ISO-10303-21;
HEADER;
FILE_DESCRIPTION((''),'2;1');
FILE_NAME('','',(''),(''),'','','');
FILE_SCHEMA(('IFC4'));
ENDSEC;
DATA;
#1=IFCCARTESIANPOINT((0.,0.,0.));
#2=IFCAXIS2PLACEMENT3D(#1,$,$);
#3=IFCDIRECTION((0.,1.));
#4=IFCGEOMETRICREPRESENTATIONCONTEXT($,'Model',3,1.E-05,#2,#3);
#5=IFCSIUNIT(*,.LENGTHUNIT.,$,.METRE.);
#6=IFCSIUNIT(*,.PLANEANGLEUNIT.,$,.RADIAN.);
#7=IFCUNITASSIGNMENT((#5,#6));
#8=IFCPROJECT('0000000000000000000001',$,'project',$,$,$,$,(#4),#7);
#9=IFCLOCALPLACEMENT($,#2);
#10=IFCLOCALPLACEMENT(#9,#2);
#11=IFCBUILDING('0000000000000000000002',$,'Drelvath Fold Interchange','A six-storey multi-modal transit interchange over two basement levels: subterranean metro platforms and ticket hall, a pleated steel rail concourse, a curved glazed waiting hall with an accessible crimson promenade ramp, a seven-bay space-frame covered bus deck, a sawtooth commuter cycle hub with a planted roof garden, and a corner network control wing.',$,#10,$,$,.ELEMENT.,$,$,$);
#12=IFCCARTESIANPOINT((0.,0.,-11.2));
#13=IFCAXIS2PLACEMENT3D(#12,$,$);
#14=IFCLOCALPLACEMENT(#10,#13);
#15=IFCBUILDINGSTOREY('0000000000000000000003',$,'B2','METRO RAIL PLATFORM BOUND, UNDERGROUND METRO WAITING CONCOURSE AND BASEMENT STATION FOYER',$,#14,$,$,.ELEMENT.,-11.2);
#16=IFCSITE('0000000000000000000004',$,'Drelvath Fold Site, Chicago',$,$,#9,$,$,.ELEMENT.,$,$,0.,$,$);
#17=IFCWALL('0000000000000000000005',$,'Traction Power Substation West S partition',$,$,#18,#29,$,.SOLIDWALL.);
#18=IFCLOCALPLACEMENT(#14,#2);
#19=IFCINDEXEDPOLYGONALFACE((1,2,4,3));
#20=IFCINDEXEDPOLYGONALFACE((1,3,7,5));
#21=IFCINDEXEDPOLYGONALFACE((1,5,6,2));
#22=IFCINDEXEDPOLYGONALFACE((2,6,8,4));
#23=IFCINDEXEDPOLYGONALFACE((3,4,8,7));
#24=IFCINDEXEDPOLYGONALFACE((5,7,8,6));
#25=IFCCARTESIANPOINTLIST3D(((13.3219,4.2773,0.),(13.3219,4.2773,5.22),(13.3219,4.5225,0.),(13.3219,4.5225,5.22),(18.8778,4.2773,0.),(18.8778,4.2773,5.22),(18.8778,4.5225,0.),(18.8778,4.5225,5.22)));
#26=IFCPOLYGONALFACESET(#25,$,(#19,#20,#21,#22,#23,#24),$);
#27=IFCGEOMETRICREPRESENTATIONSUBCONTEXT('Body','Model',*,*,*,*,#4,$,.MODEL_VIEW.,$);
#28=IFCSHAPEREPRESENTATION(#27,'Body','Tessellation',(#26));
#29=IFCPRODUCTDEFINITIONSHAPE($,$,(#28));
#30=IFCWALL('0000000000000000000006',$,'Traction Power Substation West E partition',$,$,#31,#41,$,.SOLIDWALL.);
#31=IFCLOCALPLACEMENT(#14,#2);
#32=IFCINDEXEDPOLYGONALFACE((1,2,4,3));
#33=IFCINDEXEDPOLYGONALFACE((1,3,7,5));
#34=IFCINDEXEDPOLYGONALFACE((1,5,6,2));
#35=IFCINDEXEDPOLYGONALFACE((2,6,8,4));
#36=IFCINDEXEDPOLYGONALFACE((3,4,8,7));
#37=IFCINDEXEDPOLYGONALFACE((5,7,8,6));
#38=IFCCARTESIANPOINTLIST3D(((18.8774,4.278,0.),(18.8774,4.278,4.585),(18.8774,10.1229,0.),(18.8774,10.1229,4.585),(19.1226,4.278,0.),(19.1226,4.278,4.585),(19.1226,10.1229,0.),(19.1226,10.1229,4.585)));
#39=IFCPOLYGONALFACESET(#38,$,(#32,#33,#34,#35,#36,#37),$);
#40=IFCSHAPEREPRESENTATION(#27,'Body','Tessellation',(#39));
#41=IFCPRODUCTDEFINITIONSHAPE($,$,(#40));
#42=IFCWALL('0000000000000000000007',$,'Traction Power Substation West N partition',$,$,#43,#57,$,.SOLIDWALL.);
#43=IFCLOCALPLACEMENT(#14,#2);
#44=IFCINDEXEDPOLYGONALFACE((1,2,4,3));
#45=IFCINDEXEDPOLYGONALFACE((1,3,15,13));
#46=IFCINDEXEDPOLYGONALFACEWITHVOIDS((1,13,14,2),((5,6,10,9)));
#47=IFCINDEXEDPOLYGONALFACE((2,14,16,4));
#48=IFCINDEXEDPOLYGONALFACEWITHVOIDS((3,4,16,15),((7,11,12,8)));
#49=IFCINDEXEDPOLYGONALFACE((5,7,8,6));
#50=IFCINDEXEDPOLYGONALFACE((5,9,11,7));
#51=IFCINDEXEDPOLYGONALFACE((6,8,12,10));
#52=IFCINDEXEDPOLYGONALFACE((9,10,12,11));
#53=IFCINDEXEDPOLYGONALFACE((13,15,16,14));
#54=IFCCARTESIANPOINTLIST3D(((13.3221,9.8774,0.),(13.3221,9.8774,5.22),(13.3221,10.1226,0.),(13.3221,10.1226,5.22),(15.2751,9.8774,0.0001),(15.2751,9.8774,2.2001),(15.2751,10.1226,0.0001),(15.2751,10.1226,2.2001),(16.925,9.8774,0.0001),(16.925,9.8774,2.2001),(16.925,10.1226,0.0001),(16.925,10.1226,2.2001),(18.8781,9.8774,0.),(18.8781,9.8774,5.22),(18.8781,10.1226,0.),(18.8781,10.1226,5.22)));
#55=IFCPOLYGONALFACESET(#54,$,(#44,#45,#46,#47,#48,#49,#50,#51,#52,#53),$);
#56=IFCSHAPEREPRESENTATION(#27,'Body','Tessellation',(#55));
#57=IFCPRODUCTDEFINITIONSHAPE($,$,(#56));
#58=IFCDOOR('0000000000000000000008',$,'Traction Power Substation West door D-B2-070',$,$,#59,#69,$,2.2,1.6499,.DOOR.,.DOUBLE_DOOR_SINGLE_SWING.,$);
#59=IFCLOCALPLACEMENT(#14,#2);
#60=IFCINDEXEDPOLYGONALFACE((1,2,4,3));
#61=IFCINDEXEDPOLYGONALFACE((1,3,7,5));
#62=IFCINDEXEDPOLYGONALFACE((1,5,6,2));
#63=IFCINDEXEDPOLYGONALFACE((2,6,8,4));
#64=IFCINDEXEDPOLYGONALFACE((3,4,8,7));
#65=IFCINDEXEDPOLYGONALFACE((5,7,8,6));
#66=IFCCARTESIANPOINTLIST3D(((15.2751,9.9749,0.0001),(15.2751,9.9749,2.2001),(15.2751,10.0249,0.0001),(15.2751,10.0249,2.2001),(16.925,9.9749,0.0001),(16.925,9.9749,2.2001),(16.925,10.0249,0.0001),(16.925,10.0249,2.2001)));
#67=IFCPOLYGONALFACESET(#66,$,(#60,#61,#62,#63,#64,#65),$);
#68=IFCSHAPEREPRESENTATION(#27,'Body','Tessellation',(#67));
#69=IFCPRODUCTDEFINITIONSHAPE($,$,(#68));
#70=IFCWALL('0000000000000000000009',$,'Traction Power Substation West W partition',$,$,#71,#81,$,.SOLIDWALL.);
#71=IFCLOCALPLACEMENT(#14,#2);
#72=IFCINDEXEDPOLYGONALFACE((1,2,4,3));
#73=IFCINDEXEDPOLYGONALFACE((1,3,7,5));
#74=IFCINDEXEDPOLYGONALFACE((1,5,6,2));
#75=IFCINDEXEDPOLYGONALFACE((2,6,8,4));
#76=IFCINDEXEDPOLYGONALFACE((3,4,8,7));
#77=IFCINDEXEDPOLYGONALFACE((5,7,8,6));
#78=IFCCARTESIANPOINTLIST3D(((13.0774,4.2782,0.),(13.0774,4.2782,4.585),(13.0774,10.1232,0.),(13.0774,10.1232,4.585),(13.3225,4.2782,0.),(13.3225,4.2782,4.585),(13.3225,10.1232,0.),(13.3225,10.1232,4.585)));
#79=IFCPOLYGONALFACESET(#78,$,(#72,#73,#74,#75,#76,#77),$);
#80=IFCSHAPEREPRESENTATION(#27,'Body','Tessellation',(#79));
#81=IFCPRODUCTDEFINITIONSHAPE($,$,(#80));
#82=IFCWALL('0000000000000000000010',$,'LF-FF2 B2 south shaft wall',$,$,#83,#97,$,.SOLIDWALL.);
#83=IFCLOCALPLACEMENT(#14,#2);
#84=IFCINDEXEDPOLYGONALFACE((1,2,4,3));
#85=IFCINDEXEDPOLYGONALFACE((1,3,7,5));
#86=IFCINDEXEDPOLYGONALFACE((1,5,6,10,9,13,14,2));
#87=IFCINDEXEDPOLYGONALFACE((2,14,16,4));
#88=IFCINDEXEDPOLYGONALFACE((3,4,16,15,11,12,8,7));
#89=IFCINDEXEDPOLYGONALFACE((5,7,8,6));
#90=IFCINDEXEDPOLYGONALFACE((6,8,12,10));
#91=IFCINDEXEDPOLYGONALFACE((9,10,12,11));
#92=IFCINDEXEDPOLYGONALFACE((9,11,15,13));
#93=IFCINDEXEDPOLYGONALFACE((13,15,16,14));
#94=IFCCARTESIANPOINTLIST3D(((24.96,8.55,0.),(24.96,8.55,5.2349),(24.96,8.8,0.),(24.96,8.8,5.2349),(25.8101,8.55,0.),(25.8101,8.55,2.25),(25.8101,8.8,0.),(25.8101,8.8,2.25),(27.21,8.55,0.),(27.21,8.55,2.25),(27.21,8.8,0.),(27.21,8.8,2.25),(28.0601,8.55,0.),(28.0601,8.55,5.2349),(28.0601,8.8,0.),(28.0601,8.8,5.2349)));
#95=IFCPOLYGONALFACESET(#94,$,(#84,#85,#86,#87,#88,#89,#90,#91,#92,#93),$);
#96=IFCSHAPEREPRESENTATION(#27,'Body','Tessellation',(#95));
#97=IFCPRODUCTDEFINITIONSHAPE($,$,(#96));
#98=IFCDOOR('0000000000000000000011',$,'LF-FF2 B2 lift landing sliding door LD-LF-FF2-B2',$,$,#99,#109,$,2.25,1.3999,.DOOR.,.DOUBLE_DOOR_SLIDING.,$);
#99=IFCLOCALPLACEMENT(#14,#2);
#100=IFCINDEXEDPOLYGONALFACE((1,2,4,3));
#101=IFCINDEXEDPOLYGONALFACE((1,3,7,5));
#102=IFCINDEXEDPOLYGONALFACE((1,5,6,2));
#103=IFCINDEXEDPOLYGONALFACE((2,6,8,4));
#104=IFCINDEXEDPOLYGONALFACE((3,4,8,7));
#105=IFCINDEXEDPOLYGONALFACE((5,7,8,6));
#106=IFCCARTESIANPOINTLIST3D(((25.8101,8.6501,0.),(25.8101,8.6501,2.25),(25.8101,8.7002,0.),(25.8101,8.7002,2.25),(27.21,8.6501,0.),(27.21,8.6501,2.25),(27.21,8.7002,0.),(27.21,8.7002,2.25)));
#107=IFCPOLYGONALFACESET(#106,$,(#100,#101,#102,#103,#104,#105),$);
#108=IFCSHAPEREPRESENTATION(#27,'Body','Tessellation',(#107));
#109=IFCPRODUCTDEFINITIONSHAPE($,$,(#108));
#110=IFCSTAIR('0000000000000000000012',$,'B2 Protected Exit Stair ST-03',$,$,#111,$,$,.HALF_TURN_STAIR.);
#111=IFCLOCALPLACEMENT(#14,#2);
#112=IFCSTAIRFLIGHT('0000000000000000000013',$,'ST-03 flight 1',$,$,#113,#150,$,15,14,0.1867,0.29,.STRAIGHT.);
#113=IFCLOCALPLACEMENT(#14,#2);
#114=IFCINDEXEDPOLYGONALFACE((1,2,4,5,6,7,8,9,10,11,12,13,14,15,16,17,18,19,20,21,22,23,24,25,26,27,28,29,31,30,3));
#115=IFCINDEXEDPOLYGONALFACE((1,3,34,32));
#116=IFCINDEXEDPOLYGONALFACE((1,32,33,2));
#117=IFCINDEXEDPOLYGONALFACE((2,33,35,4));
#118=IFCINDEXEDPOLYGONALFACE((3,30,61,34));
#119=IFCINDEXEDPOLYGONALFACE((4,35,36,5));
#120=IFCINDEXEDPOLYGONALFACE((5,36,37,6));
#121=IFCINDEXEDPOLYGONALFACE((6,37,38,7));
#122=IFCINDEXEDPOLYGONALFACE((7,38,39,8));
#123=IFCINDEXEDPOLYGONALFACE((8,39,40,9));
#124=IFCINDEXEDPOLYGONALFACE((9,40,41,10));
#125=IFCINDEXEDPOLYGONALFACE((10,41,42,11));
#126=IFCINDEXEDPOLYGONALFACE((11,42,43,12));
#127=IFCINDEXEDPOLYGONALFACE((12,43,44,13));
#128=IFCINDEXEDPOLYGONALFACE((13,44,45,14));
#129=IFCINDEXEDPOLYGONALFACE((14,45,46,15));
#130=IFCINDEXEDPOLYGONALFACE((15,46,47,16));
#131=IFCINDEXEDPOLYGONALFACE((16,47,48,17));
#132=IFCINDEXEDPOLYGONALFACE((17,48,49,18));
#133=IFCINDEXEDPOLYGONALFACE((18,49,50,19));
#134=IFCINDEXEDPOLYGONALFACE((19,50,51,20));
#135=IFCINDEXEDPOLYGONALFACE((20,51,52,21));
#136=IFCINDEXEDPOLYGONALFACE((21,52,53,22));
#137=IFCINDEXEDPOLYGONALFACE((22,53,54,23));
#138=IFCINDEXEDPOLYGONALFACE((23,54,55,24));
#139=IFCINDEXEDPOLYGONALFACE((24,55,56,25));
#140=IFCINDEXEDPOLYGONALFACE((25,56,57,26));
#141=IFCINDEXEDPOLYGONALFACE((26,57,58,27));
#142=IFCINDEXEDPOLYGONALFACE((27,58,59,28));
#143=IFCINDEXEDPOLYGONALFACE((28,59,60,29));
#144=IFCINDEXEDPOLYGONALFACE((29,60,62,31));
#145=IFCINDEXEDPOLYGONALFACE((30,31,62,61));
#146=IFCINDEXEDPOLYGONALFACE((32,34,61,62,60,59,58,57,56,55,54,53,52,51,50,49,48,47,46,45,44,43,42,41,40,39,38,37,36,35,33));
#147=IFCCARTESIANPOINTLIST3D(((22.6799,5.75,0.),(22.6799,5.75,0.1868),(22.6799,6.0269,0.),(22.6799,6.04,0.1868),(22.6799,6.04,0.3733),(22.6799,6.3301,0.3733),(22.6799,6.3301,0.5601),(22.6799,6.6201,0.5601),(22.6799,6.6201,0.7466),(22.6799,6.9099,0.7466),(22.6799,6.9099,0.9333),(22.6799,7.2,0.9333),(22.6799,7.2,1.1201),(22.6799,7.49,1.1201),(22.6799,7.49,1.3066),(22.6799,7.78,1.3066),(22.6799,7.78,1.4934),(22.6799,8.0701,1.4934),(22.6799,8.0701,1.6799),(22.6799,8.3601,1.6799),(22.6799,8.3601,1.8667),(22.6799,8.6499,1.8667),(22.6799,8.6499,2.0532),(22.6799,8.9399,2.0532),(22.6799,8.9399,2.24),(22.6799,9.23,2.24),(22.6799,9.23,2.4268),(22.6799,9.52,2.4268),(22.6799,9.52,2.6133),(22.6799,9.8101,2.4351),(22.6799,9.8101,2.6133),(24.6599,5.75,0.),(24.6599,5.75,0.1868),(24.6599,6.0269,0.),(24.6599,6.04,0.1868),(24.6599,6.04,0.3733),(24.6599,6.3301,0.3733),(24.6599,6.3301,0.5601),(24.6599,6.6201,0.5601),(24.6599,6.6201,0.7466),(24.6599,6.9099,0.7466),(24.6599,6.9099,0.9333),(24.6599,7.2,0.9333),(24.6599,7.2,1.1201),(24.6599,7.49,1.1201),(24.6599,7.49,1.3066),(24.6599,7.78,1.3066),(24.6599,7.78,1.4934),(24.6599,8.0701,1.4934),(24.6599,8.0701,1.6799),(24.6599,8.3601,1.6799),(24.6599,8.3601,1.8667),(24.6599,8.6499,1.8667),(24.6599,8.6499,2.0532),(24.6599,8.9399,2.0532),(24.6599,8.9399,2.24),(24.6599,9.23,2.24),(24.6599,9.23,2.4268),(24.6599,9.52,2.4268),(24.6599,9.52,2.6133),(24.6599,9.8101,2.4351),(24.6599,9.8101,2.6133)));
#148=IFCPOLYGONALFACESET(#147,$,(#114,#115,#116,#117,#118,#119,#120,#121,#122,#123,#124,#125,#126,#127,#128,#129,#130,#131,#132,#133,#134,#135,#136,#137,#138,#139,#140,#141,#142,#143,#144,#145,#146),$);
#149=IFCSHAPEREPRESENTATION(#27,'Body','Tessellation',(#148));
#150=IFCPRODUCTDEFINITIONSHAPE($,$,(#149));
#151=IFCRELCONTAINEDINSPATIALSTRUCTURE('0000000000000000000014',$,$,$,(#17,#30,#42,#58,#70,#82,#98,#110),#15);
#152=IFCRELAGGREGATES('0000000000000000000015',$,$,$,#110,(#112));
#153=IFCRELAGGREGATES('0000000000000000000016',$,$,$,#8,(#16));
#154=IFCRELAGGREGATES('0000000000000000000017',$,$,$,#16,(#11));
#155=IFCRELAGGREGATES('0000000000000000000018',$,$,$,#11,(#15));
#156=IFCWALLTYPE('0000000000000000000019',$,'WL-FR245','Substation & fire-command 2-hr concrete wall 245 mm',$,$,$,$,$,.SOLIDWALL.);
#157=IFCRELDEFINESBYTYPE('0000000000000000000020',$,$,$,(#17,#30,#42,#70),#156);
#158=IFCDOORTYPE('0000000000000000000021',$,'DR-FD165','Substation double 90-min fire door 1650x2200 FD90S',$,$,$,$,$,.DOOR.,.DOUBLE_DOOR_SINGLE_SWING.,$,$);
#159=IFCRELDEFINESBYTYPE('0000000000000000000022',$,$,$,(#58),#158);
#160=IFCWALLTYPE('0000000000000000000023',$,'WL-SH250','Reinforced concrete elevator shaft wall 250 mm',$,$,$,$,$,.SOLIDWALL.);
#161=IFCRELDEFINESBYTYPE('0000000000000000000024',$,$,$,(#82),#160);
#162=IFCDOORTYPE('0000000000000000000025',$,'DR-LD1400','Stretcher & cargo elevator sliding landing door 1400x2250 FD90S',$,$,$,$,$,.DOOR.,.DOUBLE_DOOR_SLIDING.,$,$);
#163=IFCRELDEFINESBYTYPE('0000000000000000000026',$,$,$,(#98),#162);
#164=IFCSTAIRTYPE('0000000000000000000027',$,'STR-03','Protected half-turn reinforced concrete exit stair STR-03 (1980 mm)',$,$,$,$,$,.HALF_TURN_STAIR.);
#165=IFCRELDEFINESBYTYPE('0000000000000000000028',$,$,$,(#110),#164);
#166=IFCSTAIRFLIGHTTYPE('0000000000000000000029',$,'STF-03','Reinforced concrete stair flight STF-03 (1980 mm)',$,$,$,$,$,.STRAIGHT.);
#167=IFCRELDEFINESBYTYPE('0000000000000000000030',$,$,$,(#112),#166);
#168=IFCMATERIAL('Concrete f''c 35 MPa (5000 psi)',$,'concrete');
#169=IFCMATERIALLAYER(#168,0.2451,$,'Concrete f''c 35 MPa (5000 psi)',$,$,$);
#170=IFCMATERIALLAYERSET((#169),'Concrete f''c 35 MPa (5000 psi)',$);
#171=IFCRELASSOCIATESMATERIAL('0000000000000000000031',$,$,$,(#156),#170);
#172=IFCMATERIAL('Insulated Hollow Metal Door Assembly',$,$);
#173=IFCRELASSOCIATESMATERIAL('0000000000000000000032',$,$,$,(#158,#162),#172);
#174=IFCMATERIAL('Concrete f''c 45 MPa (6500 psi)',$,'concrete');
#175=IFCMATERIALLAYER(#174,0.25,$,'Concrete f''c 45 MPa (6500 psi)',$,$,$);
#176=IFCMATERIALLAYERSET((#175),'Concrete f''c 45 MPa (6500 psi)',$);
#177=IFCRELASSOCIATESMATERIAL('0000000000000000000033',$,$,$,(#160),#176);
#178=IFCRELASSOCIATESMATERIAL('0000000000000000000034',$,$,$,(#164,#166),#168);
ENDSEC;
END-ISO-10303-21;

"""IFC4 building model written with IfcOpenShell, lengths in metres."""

from ifc_helpers import new_model, si_unit, direction, frame, frame_2d, origin, place, context, subcontext, project, spatial, polyline, rectangle, outline, extrude, material, layer, layer_set, type_object, element, fill, aggregate, save


model = new_model("IFC4")

# Units and contexts
model_context = context("Model", 3, precision=1e-05, world=origin(), true_north=direction((0.0, 1.0)))
body_context = subcontext(model_context, "Body", "Model", "MODEL_VIEW")
ifc_project = project(units=[si_unit("LENGTHUNIT", "METRE"), si_unit("PLANEANGLEUNIT", "RADIAN")], contexts=[model_context])

# Site, building, storey
site_placement = place(None, origin())
site = spatial("IfcSite", under=ifc_project, at=site_placement, Name="Drelvath Fold Site, Chicago", CompositionType="ELEMENT", RefElevation=0.0)
building_placement = place(site_placement, origin())
building = spatial("IfcBuilding", under=site, at=building_placement, Name="Drelvath Fold Interchange", Description="A six-storey multi-modal transit interchange over two basement levels: subterranean metro platforms and ticket hall, a pleated steel rail concourse, a curved glazed waiting hall with an accessible crimson promenade ramp, a seven-bay space-frame covered bus deck, a sawtooth commuter cycle hub with a planted roof garden, and a corner network control wing.", CompositionType="ELEMENT")
storey_placement = place(building_placement, frame((0.0, 0.0, -11.2)))
storey = spatial("IfcBuildingStorey", under=building, at=storey_placement, Name="B2", Description="METRO RAIL PLATFORM BOUND, UNDERGROUND METRO WAITING CONCOURSE AND BASEMENT STATION FOYER", CompositionType="ELEMENT", Elevation=-11.2)

# Shared definitions
ifc_material_1 = material(Name="Concrete f'c 45 MPa (6500 psi)", Category="concrete")

# Shared definitions
ifc_material_2 = material(Name="Insulated Hollow Metal Door Assembly")

# Walls
ifc_material_3 = material(Name="Concrete f'c 35 MPa (5000 psi)", Category="concrete")
ifc_layer_1 = layer(ifc_material_3, 0.2451, Name="Concrete f'c 35 MPa (5000 psi)")
ifc_layer_set_1 = layer_set([ifc_layer_1], Name="Concrete f'c 35 MPa (5000 psi)")
wall_type_1 = type_object("IfcWallType", Name="WL-FR245", Description="Substation & fire-command 2-hr concrete wall 245 mm", PredefinedType="SOLIDWALL", material=ifc_layer_set_1)
wall_1_placement = place(storey_placement, frame((13.322, 4.3999, 0.0), z_axis=(0.0, 0.0, 1.0), x_axis=(1.0, 0.0, 0.0)))
element("IfcWall", 1, at=wall_1_placement, inside=storey, type_object=wall_type_1, Name="Traction Power Substation West S partition", PredefinedType="SOLIDWALL", context=body_context, shape_type="SweptSolid", body=[
    extrude(rectangle(XDim=5.5559, YDim=0.2451, at=frame_2d((2.7778, 0.0))), origin(), (0.0, 0.0, 1.0), 5.22),
])
wall_2_placement = place(storey_placement, frame((19.0, 4.2781, 0.0), z_axis=(0.0, 0.0, 1.0), x_axis=(0.0, 1.0, 0.0)))
element("IfcWall", 2, at=wall_2_placement, inside=storey, type_object=wall_type_1, Name="Traction Power Substation West E partition", PredefinedType="SOLIDWALL", context=body_context, shape_type="SweptSolid", body=[
    extrude(rectangle(XDim=5.845, YDim=0.2451, at=frame_2d((2.9224, 0.0))), origin(), (0.0, 0.0, 1.0), 4.585),
])

# Wall, opening, door
wall_3_placement = place(storey_placement, frame((18.8779, 10.0, 0.0), z_axis=(0.0, 0.0, 1.0), x_axis=(-1.0, 0.0, 0.0)))
wall_3 = element("IfcWall", 3, at=wall_3_placement, inside=storey, type_object=wall_type_1, Name="Traction Power Substation West N partition", PredefinedType="SOLIDWALL", context=body_context, shape_type="SweptSolid", body=[
    extrude(rectangle(XDim=5.5559, YDim=0.2451, at=frame_2d((2.7778, 0.0))), origin(), (0.0, 0.0, 1.0), 5.22),
])
opening_1_placement = place(wall_3_placement, frame((1.9529, 0.0, 0.0)))
opening_1 = element("IfcOpeningElement", 4, at=opening_1_placement, cuts=wall_3, PredefinedType="OPENING", context=body_context, shape_type="SweptSolid", body=[
    extrude(rectangle(XDim=1.6499, YDim=2.2, at=frame_2d((0.825, 1.1001))), frame((0.0, 0.1326, 0.0), z_axis=(0.0, -1.0, 0.0), x_axis=(1.0, 0.0, 0.0)), (0.0, 0.0, 1.0), 0.2651),
])
door_type_1 = type_object("IfcDoorType", Name="DR-FD165", Description="Substation double 90-min fire door 1650x2200 FD90S", OperationType="DOUBLE_DOOR_SINGLE_SWING", PredefinedType="DOOR", material=ifc_material_2)
door_1_placement = place(opening_1_placement, frame((1.6499, 0.0, 0.0), z_axis=(0.0, 0.0, 1.0), x_axis=(-1.0, 0.0, 0.0)))
door_1 = element("IfcDoor", 5, at=door_1_placement, inside=storey, type_object=door_type_1, Name="Traction Power Substation West door D-B2-070", OperationType="DOUBLE_DOOR_SINGLE_SWING", OverallHeight=2.2, OverallWidth=1.6499, PredefinedType="DOOR", context=body_context, shape_type="SweptSolid", body=[
    extrude(rectangle(XDim=1.6499, YDim=2.2, at=frame_2d((0.825, 1.1001))), frame((0.0, 0.0249, 0.0), z_axis=(0.0, -1.0, 0.0), x_axis=(1.0, 0.0, 0.0)), (0.0, 0.0, 1.0), 0.05),
])
fill(opening_1, door_1)

# Wall
wall_4_placement = place(storey_placement, frame((13.2, 10.123, 0.0), z_axis=(0.0, 0.0, 1.0), x_axis=(0.0, -1.0, 0.0)))
element("IfcWall", 6, at=wall_4_placement, inside=storey, type_object=wall_type_1, Name="Traction Power Substation West W partition", PredefinedType="SOLIDWALL", context=body_context, shape_type="SweptSolid", body=[
    extrude(rectangle(XDim=5.845, YDim=0.2451, at=frame_2d((2.9224, 0.0))), origin(), (0.0, 0.0, 1.0), 4.585),
])

# Wall, opening, door
ifc_layer_2 = layer(ifc_material_1, 0.25, Name="Concrete f'c 45 MPa (6500 psi)")
ifc_layer_set_2 = layer_set([ifc_layer_2], Name="Concrete f'c 45 MPa (6500 psi)")
wall_type_2 = type_object("IfcWallType", Name="WL-SH250", Description="Reinforced concrete elevator shaft wall 250 mm", PredefinedType="SOLIDWALL", material=ifc_layer_set_2)
wall_5_placement = place(storey_placement, frame((24.96, 8.675, 0.0), z_axis=(0.0, 0.0, 1.0), x_axis=(1.0, 0.0, 0.0)))
wall_5 = element("IfcWall", 7, at=wall_5_placement, inside=storey, type_object=wall_type_2, Name="LF-FF2 B2 south shaft wall", PredefinedType="SOLIDWALL", context=body_context, shape_type="SweptSolid", body=[
    extrude(rectangle(XDim=3.1001, YDim=0.25, at=frame_2d((1.55, 0.0))), origin(), (0.0, 0.0, 1.0), 5.2349),
])
opening_2_placement = place(wall_5_placement, frame((0.8501, 0.0, 0.0)))
opening_2 = element("IfcOpeningElement", 8, at=opening_2_placement, cuts=wall_5, PredefinedType="OPENING", context=body_context, shape_type="SweptSolid", body=[
    extrude(rectangle(XDim=1.3999, YDim=2.25, at=frame_2d((0.7, 1.125))), frame((0.0, 0.135, 0.0), z_axis=(0.0, -1.0, 0.0), x_axis=(1.0, 0.0, 0.0)), (0.0, 0.0, 1.0), 0.27),
])
door_type_2 = type_object("IfcDoorType", Name="DR-LD1400", Description="Stretcher & cargo elevator sliding landing door 1400x2250 FD90S", OperationType="DOUBLE_DOOR_SLIDING", PredefinedType="DOOR", material=ifc_material_2)
door_2_placement = place(opening_2_placement, frame((1.3999, 0.0, 0.0), z_axis=(0.0, 0.0, 1.0), x_axis=(-1.0, 0.0, 0.0)))
door_2 = element("IfcDoor", 9, at=door_2_placement, inside=storey, type_object=door_type_2, Name="LF-FF2 B2 lift landing sliding door LD-LF-FF2-B2", OperationType="DOUBLE_DOOR_SLIDING", OverallHeight=2.25, OverallWidth=1.3999, PredefinedType="DOOR", context=body_context, shape_type="SweptSolid", body=[
    extrude(rectangle(XDim=1.3999, YDim=2.25, at=frame_2d((0.7, 1.125))), frame((0.0, 0.0249, 0.0), z_axis=(0.0, -1.0, 0.0), x_axis=(1.0, 0.0, 0.0)), (0.0, 0.0, 1.0), 0.05),
])
fill(opening_2, door_2)

# Stair, stair flight
stair_type = type_object("IfcStairType", Name="STR-03", Description="Protected half-turn reinforced concrete exit stair STR-03 (1980 mm)", PredefinedType="HALF_TURN_STAIR", material=ifc_material_3)
stair_placement = place(storey_placement, origin())
stair = element("IfcStair", 10, at=stair_placement, inside=storey, type_object=stair_type, Name="B2 Protected Exit Stair ST-03", PredefinedType="HALF_TURN_STAIR")
stair_flight_type = type_object("IfcStairFlightType", Name="STF-03", Description="Reinforced concrete stair flight STF-03 (1980 mm)", PredefinedType="STRAIGHT", material=ifc_material_3)
stair_flight_1_placement = place(storey_placement, frame((23.6699, 5.75, 0.0), z_axis=(0.0, 0.0, 1.0), x_axis=(0.0, 1.0, 0.0)))
stair_flight_1 = element("IfcStairFlight", 11, at=stair_flight_1_placement, type_object=stair_flight_type, Name="ST-03 flight 1", NumberOfRisers=15, NumberOfTreads=14, PredefinedType="STRAIGHT", RiserHeight=0.1867, TreadLength=0.29, context=body_context, shape_type="SweptSolid", body=[
    extrude(outline(polyline([(0.0, 0.0), (0.0, 0.1868), (0.29, 0.1868), (0.29, 0.3733), (0.5801, 0.3733), (0.5801, 0.5601), (0.8701, 0.5601), (0.8701, 0.7466), (1.1599, 0.7466), (1.1599, 0.9333), (1.45, 0.9333), (1.45, 1.1201), (1.74, 1.1201), (1.74, 1.3066), (2.03, 1.3066), (2.03, 1.4934), (2.3201, 1.4934), (2.3201, 1.6799), (2.6101, 1.6799), (2.6101, 1.8667), (2.8999, 1.8667), (2.8999, 2.0532), (3.1899, 2.0532), (3.1899, 2.24), (3.48, 2.24), (3.48, 2.4268), (3.77, 2.4268), (3.77, 2.6133), (4.0601, 2.6133), (4.0601, 2.8), (4.0601, 2.4351), (0.2769, 0.0), (0.0, 0.0)])), frame((0.0, 0.99, 0.0), z_axis=(0.0, -1.0, 0.0), x_axis=(1.0, 0.0, 0.0)), (0.0, 0.0, 1.0), 1.98),
])
aggregate(stair, [stair_flight_1])

save(model, "model.ifc")
